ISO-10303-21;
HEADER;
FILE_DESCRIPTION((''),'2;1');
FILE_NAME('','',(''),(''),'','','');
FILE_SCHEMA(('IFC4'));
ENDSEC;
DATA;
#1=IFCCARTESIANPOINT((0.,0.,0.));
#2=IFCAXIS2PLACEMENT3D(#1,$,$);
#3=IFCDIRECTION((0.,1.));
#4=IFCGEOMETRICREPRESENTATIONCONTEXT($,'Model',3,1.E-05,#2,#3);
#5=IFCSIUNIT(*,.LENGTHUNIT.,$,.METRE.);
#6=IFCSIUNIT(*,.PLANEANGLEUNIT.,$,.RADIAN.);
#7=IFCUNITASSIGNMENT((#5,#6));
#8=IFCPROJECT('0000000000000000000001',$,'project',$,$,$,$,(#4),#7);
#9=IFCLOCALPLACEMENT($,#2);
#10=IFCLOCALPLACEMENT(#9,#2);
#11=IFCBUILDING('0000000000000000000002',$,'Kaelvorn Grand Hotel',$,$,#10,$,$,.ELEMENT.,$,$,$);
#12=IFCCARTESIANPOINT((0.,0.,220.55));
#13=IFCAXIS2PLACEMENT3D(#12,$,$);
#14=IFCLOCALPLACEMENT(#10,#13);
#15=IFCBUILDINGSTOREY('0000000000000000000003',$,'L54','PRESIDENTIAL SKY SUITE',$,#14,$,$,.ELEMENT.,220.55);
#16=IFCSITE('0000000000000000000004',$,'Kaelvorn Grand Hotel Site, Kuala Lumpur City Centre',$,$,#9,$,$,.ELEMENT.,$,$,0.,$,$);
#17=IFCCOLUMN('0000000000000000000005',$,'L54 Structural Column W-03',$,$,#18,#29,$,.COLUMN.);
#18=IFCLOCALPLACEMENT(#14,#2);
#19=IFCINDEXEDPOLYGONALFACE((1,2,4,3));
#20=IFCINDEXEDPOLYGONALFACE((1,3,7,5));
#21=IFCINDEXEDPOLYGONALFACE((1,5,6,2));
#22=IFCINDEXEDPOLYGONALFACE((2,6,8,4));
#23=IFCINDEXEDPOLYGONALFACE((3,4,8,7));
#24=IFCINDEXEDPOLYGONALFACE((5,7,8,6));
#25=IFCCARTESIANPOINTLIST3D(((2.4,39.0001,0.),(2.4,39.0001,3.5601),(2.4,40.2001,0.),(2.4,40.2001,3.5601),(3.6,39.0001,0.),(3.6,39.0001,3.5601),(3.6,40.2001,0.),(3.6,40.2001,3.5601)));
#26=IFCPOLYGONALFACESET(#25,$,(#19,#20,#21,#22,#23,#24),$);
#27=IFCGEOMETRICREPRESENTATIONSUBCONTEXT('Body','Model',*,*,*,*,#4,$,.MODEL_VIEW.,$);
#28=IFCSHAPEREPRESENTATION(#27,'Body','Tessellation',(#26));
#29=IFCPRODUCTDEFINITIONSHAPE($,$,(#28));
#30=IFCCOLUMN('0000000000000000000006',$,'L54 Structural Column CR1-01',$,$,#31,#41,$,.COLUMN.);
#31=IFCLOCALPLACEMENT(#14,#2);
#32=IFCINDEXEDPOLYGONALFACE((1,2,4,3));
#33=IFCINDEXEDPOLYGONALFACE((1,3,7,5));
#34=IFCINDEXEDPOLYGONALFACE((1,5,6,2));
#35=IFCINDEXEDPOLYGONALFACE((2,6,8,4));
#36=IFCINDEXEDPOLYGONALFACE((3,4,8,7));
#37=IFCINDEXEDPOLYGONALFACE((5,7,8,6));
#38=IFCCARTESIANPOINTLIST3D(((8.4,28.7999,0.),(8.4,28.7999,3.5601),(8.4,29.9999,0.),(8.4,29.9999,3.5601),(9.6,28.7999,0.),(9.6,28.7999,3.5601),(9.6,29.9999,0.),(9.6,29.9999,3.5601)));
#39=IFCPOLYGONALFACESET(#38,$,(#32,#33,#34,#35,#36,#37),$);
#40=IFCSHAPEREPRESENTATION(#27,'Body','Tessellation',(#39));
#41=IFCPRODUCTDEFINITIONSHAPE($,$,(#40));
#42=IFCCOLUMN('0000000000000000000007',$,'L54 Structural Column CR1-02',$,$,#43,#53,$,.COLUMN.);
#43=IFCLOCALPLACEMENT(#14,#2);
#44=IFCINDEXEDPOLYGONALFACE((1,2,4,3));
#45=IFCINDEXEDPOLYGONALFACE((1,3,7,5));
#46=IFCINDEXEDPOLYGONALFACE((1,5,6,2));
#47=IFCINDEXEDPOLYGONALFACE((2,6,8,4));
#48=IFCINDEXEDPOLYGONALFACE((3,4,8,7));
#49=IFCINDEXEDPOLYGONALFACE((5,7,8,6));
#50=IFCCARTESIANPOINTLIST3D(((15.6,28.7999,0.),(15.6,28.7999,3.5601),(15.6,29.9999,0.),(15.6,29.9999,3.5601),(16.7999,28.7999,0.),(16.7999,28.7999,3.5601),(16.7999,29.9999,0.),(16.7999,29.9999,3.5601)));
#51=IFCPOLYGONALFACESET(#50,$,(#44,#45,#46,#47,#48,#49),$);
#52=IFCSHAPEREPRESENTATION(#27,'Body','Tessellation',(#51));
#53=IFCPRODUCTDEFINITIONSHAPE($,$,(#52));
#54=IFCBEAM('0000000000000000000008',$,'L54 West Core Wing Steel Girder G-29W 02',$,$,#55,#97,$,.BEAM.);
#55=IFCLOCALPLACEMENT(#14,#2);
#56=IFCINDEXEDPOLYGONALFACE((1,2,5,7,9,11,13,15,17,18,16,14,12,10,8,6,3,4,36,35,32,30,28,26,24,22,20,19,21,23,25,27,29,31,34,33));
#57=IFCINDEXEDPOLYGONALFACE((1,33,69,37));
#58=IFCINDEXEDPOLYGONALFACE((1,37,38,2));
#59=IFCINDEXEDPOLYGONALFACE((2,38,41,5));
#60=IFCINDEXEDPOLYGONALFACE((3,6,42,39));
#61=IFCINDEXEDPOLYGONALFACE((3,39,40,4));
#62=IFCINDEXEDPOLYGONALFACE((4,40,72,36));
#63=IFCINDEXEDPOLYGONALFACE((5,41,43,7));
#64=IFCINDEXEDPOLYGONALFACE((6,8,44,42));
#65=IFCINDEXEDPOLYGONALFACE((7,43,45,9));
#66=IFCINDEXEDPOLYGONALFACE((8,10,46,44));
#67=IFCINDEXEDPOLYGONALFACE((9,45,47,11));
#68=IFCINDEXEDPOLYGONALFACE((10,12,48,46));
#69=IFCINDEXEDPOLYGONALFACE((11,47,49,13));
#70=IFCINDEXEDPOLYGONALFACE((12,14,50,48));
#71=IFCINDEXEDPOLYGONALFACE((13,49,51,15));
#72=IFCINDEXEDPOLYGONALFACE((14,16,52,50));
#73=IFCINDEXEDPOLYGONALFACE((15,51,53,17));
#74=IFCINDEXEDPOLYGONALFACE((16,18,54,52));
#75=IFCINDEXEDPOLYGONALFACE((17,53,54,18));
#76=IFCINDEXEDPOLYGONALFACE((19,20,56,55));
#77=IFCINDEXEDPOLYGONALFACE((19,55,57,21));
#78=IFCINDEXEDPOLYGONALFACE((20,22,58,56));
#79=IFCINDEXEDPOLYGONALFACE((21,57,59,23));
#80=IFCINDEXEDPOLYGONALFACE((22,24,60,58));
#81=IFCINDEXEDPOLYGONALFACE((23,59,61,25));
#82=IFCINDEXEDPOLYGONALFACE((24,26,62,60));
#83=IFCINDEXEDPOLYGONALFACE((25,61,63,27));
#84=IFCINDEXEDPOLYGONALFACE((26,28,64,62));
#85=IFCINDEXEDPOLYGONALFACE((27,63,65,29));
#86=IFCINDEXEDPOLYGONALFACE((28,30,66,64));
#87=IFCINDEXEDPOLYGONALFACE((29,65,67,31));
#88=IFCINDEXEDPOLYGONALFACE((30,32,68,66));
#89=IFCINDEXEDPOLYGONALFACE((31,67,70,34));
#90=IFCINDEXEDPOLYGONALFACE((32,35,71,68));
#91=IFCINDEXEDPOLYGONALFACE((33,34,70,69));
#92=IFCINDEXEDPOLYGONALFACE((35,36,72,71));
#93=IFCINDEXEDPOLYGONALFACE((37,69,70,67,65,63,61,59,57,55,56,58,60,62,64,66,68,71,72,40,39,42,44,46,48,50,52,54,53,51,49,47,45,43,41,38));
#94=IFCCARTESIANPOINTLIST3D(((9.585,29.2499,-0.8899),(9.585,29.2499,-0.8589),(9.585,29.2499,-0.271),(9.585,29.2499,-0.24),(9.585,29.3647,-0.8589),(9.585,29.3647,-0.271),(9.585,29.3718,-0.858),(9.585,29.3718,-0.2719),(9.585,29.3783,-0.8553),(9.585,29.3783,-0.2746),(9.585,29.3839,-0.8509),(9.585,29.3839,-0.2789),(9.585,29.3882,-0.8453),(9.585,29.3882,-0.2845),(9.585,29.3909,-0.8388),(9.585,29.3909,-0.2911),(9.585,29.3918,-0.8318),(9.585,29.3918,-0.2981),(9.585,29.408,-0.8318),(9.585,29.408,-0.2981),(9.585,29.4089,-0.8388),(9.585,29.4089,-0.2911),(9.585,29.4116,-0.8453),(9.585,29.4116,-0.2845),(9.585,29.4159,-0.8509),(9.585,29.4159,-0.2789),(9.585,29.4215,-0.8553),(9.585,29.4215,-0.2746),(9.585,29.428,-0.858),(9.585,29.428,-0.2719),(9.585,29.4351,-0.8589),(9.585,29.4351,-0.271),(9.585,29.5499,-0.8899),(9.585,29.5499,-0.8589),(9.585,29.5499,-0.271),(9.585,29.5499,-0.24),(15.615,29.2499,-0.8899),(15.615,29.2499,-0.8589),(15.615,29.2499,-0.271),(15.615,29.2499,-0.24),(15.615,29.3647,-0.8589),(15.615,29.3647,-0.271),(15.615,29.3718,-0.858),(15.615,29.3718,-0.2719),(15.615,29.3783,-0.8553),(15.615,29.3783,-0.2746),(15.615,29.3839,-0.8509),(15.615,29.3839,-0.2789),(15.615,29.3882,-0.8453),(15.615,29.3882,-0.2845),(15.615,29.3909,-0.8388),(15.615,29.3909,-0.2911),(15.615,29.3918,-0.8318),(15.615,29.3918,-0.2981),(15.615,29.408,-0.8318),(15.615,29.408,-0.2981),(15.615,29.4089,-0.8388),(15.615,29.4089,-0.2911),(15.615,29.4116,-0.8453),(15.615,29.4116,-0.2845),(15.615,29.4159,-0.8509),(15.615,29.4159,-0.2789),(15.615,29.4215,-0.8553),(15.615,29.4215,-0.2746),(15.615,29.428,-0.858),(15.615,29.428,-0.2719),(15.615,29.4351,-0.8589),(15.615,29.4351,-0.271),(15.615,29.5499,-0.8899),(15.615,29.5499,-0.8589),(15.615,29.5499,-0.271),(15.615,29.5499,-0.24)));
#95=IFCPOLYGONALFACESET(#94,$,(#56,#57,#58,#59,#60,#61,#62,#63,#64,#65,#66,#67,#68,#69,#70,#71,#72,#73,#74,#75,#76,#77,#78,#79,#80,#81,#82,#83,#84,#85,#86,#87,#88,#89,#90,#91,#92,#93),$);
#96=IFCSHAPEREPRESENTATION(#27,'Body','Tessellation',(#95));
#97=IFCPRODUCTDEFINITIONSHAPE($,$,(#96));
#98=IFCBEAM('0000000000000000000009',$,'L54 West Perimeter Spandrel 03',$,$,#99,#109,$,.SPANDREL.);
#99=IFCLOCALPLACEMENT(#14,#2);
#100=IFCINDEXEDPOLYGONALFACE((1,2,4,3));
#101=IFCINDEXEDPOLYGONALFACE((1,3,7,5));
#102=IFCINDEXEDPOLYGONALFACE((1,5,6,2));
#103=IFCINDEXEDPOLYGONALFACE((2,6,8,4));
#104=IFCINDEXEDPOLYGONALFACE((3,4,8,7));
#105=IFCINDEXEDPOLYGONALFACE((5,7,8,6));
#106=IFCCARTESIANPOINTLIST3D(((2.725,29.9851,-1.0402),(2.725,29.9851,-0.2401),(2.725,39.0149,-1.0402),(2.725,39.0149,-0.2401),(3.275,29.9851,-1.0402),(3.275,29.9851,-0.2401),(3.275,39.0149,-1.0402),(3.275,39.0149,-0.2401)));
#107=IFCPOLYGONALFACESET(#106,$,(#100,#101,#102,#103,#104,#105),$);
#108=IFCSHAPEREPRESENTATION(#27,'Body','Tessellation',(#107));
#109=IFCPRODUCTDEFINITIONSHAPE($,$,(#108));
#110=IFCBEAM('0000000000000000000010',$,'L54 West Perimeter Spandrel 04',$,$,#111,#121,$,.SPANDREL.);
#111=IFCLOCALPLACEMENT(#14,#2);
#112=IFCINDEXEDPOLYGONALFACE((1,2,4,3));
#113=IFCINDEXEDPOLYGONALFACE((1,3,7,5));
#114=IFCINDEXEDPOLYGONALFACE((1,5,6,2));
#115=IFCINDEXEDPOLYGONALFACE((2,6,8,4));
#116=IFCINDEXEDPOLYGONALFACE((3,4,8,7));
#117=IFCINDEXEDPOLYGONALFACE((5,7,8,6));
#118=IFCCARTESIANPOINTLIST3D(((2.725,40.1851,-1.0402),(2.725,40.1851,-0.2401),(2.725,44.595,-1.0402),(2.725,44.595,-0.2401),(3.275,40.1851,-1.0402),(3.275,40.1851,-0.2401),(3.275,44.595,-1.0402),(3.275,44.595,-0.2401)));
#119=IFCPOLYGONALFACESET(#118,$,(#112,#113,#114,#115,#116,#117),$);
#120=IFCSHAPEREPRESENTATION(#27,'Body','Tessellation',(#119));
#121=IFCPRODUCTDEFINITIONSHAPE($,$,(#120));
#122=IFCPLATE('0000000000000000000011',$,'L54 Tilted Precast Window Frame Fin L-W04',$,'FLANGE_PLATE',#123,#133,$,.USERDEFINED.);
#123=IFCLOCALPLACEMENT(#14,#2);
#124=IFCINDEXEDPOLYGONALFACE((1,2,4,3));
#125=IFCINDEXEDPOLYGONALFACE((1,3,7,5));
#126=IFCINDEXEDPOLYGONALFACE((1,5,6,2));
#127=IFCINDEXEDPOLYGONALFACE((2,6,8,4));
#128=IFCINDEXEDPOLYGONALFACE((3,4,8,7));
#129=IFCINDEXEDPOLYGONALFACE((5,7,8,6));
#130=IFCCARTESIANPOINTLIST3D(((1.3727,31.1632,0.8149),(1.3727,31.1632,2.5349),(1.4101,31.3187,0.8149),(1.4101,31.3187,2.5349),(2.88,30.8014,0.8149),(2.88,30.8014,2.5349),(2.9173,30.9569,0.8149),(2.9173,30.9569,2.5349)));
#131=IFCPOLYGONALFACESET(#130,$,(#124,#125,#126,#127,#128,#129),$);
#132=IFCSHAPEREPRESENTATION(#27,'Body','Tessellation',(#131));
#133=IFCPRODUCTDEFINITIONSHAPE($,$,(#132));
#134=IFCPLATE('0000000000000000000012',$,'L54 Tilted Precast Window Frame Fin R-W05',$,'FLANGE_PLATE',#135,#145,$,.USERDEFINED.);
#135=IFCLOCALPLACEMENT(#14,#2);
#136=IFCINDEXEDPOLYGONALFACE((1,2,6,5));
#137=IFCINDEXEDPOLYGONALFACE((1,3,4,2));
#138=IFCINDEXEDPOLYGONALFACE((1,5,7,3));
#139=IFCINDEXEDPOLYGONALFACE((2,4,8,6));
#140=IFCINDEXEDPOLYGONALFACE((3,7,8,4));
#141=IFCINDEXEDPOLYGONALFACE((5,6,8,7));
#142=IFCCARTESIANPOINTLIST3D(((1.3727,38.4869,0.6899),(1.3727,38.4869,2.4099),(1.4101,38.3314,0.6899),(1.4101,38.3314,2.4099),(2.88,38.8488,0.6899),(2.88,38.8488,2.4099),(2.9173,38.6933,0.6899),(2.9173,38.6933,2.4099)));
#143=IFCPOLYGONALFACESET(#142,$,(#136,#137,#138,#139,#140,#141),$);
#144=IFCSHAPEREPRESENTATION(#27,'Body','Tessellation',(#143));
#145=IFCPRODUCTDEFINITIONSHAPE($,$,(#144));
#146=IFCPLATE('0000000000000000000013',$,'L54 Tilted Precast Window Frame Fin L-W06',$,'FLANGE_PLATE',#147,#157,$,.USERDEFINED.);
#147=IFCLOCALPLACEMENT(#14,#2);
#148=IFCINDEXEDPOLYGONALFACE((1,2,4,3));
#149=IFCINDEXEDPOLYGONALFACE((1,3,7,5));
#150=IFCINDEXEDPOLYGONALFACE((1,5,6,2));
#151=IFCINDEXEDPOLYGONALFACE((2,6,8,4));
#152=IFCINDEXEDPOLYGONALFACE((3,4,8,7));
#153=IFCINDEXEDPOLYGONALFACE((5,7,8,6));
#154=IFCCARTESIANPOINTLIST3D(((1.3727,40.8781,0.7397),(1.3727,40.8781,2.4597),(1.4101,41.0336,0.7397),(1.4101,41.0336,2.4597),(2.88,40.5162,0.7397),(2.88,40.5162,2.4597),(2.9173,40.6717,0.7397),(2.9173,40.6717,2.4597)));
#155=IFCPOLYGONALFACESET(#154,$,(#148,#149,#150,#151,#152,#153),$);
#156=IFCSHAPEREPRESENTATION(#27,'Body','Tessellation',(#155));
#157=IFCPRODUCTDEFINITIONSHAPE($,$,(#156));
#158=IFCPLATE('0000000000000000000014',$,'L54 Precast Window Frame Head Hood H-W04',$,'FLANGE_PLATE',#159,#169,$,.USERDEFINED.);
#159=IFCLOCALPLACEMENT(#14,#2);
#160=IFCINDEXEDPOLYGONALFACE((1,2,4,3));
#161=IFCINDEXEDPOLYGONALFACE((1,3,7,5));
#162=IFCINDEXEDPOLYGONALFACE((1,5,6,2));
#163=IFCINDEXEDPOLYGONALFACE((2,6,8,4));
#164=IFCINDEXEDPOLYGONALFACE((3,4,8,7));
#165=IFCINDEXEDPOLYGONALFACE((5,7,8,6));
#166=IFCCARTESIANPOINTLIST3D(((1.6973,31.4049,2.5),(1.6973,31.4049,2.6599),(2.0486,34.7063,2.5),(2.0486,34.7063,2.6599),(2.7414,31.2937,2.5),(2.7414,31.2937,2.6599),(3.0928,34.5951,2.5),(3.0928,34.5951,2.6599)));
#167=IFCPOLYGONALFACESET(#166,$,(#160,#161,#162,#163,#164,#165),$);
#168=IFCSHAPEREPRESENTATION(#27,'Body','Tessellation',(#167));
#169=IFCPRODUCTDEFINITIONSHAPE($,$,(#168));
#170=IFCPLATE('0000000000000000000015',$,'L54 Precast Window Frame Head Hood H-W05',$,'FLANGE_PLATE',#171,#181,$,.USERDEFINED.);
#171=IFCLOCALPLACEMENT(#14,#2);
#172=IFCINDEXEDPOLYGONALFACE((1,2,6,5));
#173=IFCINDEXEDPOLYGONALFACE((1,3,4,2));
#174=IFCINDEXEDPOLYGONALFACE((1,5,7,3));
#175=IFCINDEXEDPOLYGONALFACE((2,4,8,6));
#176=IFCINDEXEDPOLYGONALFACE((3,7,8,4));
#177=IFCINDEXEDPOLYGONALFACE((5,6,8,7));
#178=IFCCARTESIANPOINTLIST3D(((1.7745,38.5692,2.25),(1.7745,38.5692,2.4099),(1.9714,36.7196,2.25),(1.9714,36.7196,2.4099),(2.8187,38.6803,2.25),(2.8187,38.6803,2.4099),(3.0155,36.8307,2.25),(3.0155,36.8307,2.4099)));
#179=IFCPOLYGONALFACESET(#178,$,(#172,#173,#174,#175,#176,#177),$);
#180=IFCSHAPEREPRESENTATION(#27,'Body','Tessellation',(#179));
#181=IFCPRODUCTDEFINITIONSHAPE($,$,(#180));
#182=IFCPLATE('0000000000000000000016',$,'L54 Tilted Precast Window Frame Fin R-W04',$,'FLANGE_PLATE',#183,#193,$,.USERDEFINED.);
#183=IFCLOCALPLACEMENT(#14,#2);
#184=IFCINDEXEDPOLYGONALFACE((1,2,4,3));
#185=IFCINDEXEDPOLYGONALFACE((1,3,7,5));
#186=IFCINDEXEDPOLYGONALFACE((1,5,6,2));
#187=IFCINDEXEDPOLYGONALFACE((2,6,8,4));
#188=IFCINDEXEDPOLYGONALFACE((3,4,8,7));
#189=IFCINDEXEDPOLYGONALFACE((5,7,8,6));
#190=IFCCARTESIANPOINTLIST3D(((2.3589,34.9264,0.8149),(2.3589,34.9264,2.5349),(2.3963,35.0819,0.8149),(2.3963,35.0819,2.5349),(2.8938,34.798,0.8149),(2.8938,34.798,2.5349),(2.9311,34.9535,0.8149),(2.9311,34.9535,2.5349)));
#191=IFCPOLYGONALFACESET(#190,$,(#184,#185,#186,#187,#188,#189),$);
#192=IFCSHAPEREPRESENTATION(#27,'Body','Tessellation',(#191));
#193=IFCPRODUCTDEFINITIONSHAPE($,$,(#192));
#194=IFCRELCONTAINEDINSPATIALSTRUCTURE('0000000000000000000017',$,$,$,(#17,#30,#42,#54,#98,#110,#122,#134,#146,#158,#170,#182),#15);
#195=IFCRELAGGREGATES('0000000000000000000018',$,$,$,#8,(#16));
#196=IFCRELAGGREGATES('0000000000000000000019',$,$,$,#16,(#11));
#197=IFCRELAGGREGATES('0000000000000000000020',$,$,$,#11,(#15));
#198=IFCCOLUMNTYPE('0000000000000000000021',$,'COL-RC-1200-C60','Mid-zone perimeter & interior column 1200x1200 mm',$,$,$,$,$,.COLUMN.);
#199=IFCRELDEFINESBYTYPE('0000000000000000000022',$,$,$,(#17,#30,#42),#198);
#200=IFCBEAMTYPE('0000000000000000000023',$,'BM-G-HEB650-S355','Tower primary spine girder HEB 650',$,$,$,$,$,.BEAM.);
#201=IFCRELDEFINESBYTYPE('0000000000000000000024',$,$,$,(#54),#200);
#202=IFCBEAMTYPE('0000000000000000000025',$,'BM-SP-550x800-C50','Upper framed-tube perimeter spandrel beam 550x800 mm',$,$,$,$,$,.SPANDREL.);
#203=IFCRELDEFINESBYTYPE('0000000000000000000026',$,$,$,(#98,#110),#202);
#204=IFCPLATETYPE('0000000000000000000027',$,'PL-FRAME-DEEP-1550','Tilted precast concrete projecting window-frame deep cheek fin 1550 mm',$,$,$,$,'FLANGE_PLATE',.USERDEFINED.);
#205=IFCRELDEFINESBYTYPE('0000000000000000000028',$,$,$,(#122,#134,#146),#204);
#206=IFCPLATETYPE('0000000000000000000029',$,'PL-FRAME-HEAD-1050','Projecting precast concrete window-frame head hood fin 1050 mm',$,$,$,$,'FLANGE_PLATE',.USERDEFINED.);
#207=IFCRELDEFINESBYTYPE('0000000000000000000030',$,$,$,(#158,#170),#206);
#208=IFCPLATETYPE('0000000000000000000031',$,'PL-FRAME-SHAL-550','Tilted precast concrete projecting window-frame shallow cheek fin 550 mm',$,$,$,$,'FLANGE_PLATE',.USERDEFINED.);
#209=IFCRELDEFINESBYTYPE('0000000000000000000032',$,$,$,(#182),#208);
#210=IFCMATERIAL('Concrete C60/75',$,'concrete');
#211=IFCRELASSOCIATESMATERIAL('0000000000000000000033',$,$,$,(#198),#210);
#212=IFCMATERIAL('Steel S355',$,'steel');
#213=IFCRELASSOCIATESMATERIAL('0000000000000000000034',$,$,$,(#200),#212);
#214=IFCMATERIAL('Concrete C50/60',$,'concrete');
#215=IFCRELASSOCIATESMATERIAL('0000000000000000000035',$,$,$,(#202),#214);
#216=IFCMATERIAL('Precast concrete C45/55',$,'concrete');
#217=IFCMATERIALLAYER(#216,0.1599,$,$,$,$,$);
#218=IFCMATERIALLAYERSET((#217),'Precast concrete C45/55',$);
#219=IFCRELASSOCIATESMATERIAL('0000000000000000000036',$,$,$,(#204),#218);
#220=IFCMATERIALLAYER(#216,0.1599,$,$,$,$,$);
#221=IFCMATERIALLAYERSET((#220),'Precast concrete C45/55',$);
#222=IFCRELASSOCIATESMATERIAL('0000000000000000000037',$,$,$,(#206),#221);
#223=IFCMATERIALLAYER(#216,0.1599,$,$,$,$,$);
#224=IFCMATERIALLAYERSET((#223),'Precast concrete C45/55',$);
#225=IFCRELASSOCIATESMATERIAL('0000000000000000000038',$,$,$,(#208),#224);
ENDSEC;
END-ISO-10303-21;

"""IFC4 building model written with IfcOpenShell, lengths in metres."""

from ifc_helpers import new_model, si_unit, direction, frame, origin, origin_2d, place, context, subcontext, project, spatial, rectangle, i_section, extrude, material, layer, layer_set, material_profile, profile_set, type_object, element, save


model = new_model("IFC4")

# Units and contexts
model_context = context("Model", 3, precision=1e-05, world=origin(), true_north=direction((0.0, 1.0)))
body_context = subcontext(model_context, "Body", "Model", "MODEL_VIEW")
ifc_project = project(units=[si_unit("LENGTHUNIT", "METRE"), si_unit("PLANEANGLEUNIT", "RADIAN")], contexts=[model_context])

# Site, building, storey
site_placement = place(None, origin())
site = spatial("IfcSite", under=ifc_project, at=site_placement, Name="Kaelvorn Grand Hotel Site, Kuala Lumpur City Centre", CompositionType="ELEMENT", RefElevation=0.0)
building_placement = place(site_placement, origin())
building = spatial("IfcBuilding", under=site, at=building_placement, Name="Kaelvorn Grand Hotel", CompositionType="ELEMENT")
storey_placement = place(building_placement, frame((0.0, 0.0, 220.55)))
storey = spatial("IfcBuildingStorey", under=building, at=storey_placement, Name="L54", Description="PRESIDENTIAL SKY SUITE", CompositionType="ELEMENT", Elevation=220.55)

# Columns
ifc_material_1 = material(Name="Concrete C60/75", Category="concrete")
ifc_material_profile_1 = material_profile(ifc_material_1, rectangle(XDim=1.2, YDim=1.2, at=origin_2d()), Name="RC COL 1200x1200")
ifc_profile_set_1 = profile_set([ifc_material_profile_1], Name="Concrete C60/75")
column_type = type_object("IfcColumnType", Name="COL-RC-1200-C60", Description="Mid-zone perimeter & interior column 1200x1200 mm", PredefinedType="COLUMN", material=ifc_profile_set_1)
for number, where, z_axis, x_axis, name in (
    (1, (3.0, 39.6001, 0.0), (0.0, 0.0, 1.0), (1.0, 0.0, 0.0), "L54 Structural Column W-03"),
    (2, (9.0, 29.3999, 0.0), (0.0, 0.0, 1.0), (1.0, 0.0, 0.0), "L54 Structural Column CR1-01"),
    (3, (16.2, 29.3999, 0.0), (0.0, 0.0, 1.0), (1.0, 0.0, 0.0), "L54 Structural Column CR1-02"),
):
    element("IfcColumn", number, at=place(storey_placement, frame(where, z_axis=z_axis, x_axis=x_axis)), inside=storey, type_object=column_type, Name=name, PredefinedType="COLUMN", context=body_context, shape_type="SweptSolid", body=[
        extrude(rectangle(XDim=1.2, YDim=1.2, at=origin_2d()), origin(), (0.0, 0.0, 1.0), 3.5601),
    ])

# Beams
ifc_material_2 = material(Name="Steel S355", Category="steel")
ifc_material_profile_2 = material_profile(ifc_material_2, i_section(OverallWidth=0.3, OverallDepth=0.6499, WebThickness=0.0161, FlangeThickness=0.031, FilletRadius=0.0271, at=origin_2d()), Name="HEB 650")
ifc_profile_set_2 = profile_set([ifc_material_profile_2], Name="Steel S355")
beam_type_1 = type_object("IfcBeamType", Name="BM-G-HEB650-S355", Description="Tower primary spine girder HEB 650", PredefinedType="BEAM", material=ifc_profile_set_2)
beam_1_placement = place(storey_placement, frame((9.585, 29.3999, -0.5649), z_axis=(1.0, 0.0, 0.0), x_axis=(0.0, 1.0, 0.0)))
element("IfcBeam", 4, at=beam_1_placement, inside=storey, type_object=beam_type_1, Name="L54 West Core Wing Steel Girder G-29W 02", PredefinedType="BEAM", context=body_context, shape_type="SweptSolid", body=[
    extrude(i_section(OverallWidth=0.3, OverallDepth=0.6499, WebThickness=0.0161, FlangeThickness=0.031, FilletRadius=0.0271, at=origin_2d()), origin(), (0.0, 0.0, 1.0), 6.03),
])
ifc_material_3 = material(Name="Concrete C50/60", Category="concrete")
ifc_material_profile_3 = material_profile(ifc_material_3, rectangle(XDim=0.55, YDim=0.8, at=origin_2d()), Name="RC SPANDREL 550x800")
ifc_profile_set_3 = profile_set([ifc_material_profile_3], Name="Concrete C50/60")
beam_type_2 = type_object("IfcBeamType", Name="BM-SP-550x800-C50", Description="Upper framed-tube perimeter spandrel beam 550x800 mm", PredefinedType="SPANDREL", material=ifc_profile_set_3)
beam_2_placement = place(storey_placement, frame((3.0, 29.9851, -0.6401), z_axis=(0.0, 1.0, 0.0), x_axis=(-1.0, 0.0, 0.0)))
element("IfcBeam", 5, at=beam_2_placement, inside=storey, type_object=beam_type_2, Name="L54 West Perimeter Spandrel 03", PredefinedType="SPANDREL", context=body_context, shape_type="SweptSolid", body=[
    extrude(rectangle(XDim=0.55, YDim=0.8, at=origin_2d()), origin(), (0.0, 0.0, 1.0), 9.0298),
])
beam_3_placement = place(storey_placement, frame((3.0, 40.1851, -0.6401), z_axis=(0.0, 1.0, 0.0), x_axis=(-1.0, 0.0, 0.0)))
element("IfcBeam", 6, at=beam_3_placement, inside=storey, type_object=beam_type_2, Name="L54 West Perimeter Spandrel 04", PredefinedType="SPANDREL", context=body_context, shape_type="SweptSolid", body=[
    extrude(rectangle(XDim=0.55, YDim=0.8, at=origin_2d()), origin(), (0.0, 0.0, 1.0), 4.4099),
])

# Plates
ifc_material_4 = material(Name="Precast concrete C45/55", Category="concrete")
ifc_layer_1 = layer(ifc_material_4, 0.1599)
ifc_layer_set_1 = layer_set([ifc_layer_1], Name="Precast concrete C45/55")
plate_type_1 = type_object("IfcPlateType", Name="PL-FRAME-DEEP-1550", Description="Tilted precast concrete projecting window-frame deep cheek fin 1550 mm", ElementType="FLANGE_PLATE", PredefinedType="USERDEFINED", material=ifc_layer_set_1)
for number, where, z_axis, x_axis, name in (
    (7, (2.145, 31.0601, 0.8149), (0.0, 0.0, 1.0), (0.233445, 0.97237, 0.0), "L54 Tilted Precast Window Frame Fin L-W04"),
    (8, (2.145, 38.5901, 0.6899), (0.0, 0.0, 1.0), (-0.233445, 0.97237, 0.0), "L54 Tilted Precast Window Frame Fin R-W05"),
    (9, (2.145, 40.7749, 0.7397), (0.0, 0.0, 1.0), (0.233445, 0.97237, 0.0), "L54 Tilted Precast Window Frame Fin L-W06"),
):
    element("IfcPlate", number, at=place(storey_placement, frame(where, z_axis=z_axis, x_axis=x_axis)), inside=storey, type_object=plate_type_1, Name=name, ObjectType="FLANGE_PLATE", PredefinedType="USERDEFINED", context=body_context, shape_type="SweptSolid", body=[
        extrude(rectangle(XDim=0.1599, YDim=1.55, at=origin_2d()), origin(), (0.0, 0.0, 1.0), 1.72),
    ])
ifc_layer_2 = layer(ifc_material_4, 0.1599)
ifc_layer_set_2 = layer_set([ifc_layer_2], Name="Precast concrete C45/55")
plate_type_2 = type_object("IfcPlateType", Name="PL-FRAME-HEAD-1050", Description="Projecting precast concrete window-frame head hood fin 1050 mm", ElementType="FLANGE_PLATE", PredefinedType="USERDEFINED", material=ifc_layer_set_2)
plate_1_placement = place(storey_placement, frame((2.395, 33.0, 2.5), z_axis=(0.0, 0.0, 1.0), x_axis=(0.10583, 0.994384, 0.0)))
element("IfcPlate", 10, at=plate_1_placement, inside=storey, type_object=plate_type_2, Name="L54 Precast Window Frame Head Hood H-W04", ObjectType="FLANGE_PLATE", PredefinedType="USERDEFINED", context=body_context, shape_type="SweptSolid", body=[
    extrude(rectangle(XDim=3.3201, YDim=1.05, at=origin_2d()), origin(), (0.0, 0.0, 1.0), 0.1599),
])
plate_2_placement = place(storey_placement, frame((2.395, 37.7, 2.25), z_axis=(0.0, 0.0, 1.0), x_axis=(-0.10583, 0.994384, 0.0)))
element("IfcPlate", 11, at=plate_2_placement, inside=storey, type_object=plate_type_2, Name="L54 Precast Window Frame Head Hood H-W05", ObjectType="FLANGE_PLATE", PredefinedType="USERDEFINED", context=body_context, shape_type="SweptSolid", body=[
    extrude(rectangle(XDim=1.8601, YDim=1.05, at=origin_2d()), origin(), (0.0, 0.0, 1.0), 0.1599),
])
ifc_layer_3 = layer(ifc_material_4, 0.1599)
ifc_layer_set_3 = layer_set([ifc_layer_3], Name="Precast concrete C45/55")
plate_type_3 = type_object("IfcPlateType", Name="PL-FRAME-SHAL-550", Description="Tilted precast concrete projecting window-frame shallow cheek fin 550 mm", ElementType="FLANGE_PLATE", PredefinedType="USERDEFINED", material=ifc_layer_set_3)
for number, where, z_axis, x_axis, name in (
    (12, (2.645, 34.9399, 0.8149), (0.0, 0.0, 1.0), (0.233445, 0.97237, 0.0), "L54 Tilted Precast Window Frame Fin R-W04"),
):
    element("IfcPlate", number, at=place(storey_placement, frame(where, z_axis=z_axis, x_axis=x_axis)), inside=storey, type_object=plate_type_3, Name=name, ObjectType="FLANGE_PLATE", PredefinedType="USERDEFINED", context=body_context, shape_type="SweptSolid", body=[
        extrude(rectangle(XDim=0.1599, YDim=0.55, at=origin_2d()), origin(), (0.0, 0.0, 1.0), 1.72),
    ])

save(model, "model.ifc")
